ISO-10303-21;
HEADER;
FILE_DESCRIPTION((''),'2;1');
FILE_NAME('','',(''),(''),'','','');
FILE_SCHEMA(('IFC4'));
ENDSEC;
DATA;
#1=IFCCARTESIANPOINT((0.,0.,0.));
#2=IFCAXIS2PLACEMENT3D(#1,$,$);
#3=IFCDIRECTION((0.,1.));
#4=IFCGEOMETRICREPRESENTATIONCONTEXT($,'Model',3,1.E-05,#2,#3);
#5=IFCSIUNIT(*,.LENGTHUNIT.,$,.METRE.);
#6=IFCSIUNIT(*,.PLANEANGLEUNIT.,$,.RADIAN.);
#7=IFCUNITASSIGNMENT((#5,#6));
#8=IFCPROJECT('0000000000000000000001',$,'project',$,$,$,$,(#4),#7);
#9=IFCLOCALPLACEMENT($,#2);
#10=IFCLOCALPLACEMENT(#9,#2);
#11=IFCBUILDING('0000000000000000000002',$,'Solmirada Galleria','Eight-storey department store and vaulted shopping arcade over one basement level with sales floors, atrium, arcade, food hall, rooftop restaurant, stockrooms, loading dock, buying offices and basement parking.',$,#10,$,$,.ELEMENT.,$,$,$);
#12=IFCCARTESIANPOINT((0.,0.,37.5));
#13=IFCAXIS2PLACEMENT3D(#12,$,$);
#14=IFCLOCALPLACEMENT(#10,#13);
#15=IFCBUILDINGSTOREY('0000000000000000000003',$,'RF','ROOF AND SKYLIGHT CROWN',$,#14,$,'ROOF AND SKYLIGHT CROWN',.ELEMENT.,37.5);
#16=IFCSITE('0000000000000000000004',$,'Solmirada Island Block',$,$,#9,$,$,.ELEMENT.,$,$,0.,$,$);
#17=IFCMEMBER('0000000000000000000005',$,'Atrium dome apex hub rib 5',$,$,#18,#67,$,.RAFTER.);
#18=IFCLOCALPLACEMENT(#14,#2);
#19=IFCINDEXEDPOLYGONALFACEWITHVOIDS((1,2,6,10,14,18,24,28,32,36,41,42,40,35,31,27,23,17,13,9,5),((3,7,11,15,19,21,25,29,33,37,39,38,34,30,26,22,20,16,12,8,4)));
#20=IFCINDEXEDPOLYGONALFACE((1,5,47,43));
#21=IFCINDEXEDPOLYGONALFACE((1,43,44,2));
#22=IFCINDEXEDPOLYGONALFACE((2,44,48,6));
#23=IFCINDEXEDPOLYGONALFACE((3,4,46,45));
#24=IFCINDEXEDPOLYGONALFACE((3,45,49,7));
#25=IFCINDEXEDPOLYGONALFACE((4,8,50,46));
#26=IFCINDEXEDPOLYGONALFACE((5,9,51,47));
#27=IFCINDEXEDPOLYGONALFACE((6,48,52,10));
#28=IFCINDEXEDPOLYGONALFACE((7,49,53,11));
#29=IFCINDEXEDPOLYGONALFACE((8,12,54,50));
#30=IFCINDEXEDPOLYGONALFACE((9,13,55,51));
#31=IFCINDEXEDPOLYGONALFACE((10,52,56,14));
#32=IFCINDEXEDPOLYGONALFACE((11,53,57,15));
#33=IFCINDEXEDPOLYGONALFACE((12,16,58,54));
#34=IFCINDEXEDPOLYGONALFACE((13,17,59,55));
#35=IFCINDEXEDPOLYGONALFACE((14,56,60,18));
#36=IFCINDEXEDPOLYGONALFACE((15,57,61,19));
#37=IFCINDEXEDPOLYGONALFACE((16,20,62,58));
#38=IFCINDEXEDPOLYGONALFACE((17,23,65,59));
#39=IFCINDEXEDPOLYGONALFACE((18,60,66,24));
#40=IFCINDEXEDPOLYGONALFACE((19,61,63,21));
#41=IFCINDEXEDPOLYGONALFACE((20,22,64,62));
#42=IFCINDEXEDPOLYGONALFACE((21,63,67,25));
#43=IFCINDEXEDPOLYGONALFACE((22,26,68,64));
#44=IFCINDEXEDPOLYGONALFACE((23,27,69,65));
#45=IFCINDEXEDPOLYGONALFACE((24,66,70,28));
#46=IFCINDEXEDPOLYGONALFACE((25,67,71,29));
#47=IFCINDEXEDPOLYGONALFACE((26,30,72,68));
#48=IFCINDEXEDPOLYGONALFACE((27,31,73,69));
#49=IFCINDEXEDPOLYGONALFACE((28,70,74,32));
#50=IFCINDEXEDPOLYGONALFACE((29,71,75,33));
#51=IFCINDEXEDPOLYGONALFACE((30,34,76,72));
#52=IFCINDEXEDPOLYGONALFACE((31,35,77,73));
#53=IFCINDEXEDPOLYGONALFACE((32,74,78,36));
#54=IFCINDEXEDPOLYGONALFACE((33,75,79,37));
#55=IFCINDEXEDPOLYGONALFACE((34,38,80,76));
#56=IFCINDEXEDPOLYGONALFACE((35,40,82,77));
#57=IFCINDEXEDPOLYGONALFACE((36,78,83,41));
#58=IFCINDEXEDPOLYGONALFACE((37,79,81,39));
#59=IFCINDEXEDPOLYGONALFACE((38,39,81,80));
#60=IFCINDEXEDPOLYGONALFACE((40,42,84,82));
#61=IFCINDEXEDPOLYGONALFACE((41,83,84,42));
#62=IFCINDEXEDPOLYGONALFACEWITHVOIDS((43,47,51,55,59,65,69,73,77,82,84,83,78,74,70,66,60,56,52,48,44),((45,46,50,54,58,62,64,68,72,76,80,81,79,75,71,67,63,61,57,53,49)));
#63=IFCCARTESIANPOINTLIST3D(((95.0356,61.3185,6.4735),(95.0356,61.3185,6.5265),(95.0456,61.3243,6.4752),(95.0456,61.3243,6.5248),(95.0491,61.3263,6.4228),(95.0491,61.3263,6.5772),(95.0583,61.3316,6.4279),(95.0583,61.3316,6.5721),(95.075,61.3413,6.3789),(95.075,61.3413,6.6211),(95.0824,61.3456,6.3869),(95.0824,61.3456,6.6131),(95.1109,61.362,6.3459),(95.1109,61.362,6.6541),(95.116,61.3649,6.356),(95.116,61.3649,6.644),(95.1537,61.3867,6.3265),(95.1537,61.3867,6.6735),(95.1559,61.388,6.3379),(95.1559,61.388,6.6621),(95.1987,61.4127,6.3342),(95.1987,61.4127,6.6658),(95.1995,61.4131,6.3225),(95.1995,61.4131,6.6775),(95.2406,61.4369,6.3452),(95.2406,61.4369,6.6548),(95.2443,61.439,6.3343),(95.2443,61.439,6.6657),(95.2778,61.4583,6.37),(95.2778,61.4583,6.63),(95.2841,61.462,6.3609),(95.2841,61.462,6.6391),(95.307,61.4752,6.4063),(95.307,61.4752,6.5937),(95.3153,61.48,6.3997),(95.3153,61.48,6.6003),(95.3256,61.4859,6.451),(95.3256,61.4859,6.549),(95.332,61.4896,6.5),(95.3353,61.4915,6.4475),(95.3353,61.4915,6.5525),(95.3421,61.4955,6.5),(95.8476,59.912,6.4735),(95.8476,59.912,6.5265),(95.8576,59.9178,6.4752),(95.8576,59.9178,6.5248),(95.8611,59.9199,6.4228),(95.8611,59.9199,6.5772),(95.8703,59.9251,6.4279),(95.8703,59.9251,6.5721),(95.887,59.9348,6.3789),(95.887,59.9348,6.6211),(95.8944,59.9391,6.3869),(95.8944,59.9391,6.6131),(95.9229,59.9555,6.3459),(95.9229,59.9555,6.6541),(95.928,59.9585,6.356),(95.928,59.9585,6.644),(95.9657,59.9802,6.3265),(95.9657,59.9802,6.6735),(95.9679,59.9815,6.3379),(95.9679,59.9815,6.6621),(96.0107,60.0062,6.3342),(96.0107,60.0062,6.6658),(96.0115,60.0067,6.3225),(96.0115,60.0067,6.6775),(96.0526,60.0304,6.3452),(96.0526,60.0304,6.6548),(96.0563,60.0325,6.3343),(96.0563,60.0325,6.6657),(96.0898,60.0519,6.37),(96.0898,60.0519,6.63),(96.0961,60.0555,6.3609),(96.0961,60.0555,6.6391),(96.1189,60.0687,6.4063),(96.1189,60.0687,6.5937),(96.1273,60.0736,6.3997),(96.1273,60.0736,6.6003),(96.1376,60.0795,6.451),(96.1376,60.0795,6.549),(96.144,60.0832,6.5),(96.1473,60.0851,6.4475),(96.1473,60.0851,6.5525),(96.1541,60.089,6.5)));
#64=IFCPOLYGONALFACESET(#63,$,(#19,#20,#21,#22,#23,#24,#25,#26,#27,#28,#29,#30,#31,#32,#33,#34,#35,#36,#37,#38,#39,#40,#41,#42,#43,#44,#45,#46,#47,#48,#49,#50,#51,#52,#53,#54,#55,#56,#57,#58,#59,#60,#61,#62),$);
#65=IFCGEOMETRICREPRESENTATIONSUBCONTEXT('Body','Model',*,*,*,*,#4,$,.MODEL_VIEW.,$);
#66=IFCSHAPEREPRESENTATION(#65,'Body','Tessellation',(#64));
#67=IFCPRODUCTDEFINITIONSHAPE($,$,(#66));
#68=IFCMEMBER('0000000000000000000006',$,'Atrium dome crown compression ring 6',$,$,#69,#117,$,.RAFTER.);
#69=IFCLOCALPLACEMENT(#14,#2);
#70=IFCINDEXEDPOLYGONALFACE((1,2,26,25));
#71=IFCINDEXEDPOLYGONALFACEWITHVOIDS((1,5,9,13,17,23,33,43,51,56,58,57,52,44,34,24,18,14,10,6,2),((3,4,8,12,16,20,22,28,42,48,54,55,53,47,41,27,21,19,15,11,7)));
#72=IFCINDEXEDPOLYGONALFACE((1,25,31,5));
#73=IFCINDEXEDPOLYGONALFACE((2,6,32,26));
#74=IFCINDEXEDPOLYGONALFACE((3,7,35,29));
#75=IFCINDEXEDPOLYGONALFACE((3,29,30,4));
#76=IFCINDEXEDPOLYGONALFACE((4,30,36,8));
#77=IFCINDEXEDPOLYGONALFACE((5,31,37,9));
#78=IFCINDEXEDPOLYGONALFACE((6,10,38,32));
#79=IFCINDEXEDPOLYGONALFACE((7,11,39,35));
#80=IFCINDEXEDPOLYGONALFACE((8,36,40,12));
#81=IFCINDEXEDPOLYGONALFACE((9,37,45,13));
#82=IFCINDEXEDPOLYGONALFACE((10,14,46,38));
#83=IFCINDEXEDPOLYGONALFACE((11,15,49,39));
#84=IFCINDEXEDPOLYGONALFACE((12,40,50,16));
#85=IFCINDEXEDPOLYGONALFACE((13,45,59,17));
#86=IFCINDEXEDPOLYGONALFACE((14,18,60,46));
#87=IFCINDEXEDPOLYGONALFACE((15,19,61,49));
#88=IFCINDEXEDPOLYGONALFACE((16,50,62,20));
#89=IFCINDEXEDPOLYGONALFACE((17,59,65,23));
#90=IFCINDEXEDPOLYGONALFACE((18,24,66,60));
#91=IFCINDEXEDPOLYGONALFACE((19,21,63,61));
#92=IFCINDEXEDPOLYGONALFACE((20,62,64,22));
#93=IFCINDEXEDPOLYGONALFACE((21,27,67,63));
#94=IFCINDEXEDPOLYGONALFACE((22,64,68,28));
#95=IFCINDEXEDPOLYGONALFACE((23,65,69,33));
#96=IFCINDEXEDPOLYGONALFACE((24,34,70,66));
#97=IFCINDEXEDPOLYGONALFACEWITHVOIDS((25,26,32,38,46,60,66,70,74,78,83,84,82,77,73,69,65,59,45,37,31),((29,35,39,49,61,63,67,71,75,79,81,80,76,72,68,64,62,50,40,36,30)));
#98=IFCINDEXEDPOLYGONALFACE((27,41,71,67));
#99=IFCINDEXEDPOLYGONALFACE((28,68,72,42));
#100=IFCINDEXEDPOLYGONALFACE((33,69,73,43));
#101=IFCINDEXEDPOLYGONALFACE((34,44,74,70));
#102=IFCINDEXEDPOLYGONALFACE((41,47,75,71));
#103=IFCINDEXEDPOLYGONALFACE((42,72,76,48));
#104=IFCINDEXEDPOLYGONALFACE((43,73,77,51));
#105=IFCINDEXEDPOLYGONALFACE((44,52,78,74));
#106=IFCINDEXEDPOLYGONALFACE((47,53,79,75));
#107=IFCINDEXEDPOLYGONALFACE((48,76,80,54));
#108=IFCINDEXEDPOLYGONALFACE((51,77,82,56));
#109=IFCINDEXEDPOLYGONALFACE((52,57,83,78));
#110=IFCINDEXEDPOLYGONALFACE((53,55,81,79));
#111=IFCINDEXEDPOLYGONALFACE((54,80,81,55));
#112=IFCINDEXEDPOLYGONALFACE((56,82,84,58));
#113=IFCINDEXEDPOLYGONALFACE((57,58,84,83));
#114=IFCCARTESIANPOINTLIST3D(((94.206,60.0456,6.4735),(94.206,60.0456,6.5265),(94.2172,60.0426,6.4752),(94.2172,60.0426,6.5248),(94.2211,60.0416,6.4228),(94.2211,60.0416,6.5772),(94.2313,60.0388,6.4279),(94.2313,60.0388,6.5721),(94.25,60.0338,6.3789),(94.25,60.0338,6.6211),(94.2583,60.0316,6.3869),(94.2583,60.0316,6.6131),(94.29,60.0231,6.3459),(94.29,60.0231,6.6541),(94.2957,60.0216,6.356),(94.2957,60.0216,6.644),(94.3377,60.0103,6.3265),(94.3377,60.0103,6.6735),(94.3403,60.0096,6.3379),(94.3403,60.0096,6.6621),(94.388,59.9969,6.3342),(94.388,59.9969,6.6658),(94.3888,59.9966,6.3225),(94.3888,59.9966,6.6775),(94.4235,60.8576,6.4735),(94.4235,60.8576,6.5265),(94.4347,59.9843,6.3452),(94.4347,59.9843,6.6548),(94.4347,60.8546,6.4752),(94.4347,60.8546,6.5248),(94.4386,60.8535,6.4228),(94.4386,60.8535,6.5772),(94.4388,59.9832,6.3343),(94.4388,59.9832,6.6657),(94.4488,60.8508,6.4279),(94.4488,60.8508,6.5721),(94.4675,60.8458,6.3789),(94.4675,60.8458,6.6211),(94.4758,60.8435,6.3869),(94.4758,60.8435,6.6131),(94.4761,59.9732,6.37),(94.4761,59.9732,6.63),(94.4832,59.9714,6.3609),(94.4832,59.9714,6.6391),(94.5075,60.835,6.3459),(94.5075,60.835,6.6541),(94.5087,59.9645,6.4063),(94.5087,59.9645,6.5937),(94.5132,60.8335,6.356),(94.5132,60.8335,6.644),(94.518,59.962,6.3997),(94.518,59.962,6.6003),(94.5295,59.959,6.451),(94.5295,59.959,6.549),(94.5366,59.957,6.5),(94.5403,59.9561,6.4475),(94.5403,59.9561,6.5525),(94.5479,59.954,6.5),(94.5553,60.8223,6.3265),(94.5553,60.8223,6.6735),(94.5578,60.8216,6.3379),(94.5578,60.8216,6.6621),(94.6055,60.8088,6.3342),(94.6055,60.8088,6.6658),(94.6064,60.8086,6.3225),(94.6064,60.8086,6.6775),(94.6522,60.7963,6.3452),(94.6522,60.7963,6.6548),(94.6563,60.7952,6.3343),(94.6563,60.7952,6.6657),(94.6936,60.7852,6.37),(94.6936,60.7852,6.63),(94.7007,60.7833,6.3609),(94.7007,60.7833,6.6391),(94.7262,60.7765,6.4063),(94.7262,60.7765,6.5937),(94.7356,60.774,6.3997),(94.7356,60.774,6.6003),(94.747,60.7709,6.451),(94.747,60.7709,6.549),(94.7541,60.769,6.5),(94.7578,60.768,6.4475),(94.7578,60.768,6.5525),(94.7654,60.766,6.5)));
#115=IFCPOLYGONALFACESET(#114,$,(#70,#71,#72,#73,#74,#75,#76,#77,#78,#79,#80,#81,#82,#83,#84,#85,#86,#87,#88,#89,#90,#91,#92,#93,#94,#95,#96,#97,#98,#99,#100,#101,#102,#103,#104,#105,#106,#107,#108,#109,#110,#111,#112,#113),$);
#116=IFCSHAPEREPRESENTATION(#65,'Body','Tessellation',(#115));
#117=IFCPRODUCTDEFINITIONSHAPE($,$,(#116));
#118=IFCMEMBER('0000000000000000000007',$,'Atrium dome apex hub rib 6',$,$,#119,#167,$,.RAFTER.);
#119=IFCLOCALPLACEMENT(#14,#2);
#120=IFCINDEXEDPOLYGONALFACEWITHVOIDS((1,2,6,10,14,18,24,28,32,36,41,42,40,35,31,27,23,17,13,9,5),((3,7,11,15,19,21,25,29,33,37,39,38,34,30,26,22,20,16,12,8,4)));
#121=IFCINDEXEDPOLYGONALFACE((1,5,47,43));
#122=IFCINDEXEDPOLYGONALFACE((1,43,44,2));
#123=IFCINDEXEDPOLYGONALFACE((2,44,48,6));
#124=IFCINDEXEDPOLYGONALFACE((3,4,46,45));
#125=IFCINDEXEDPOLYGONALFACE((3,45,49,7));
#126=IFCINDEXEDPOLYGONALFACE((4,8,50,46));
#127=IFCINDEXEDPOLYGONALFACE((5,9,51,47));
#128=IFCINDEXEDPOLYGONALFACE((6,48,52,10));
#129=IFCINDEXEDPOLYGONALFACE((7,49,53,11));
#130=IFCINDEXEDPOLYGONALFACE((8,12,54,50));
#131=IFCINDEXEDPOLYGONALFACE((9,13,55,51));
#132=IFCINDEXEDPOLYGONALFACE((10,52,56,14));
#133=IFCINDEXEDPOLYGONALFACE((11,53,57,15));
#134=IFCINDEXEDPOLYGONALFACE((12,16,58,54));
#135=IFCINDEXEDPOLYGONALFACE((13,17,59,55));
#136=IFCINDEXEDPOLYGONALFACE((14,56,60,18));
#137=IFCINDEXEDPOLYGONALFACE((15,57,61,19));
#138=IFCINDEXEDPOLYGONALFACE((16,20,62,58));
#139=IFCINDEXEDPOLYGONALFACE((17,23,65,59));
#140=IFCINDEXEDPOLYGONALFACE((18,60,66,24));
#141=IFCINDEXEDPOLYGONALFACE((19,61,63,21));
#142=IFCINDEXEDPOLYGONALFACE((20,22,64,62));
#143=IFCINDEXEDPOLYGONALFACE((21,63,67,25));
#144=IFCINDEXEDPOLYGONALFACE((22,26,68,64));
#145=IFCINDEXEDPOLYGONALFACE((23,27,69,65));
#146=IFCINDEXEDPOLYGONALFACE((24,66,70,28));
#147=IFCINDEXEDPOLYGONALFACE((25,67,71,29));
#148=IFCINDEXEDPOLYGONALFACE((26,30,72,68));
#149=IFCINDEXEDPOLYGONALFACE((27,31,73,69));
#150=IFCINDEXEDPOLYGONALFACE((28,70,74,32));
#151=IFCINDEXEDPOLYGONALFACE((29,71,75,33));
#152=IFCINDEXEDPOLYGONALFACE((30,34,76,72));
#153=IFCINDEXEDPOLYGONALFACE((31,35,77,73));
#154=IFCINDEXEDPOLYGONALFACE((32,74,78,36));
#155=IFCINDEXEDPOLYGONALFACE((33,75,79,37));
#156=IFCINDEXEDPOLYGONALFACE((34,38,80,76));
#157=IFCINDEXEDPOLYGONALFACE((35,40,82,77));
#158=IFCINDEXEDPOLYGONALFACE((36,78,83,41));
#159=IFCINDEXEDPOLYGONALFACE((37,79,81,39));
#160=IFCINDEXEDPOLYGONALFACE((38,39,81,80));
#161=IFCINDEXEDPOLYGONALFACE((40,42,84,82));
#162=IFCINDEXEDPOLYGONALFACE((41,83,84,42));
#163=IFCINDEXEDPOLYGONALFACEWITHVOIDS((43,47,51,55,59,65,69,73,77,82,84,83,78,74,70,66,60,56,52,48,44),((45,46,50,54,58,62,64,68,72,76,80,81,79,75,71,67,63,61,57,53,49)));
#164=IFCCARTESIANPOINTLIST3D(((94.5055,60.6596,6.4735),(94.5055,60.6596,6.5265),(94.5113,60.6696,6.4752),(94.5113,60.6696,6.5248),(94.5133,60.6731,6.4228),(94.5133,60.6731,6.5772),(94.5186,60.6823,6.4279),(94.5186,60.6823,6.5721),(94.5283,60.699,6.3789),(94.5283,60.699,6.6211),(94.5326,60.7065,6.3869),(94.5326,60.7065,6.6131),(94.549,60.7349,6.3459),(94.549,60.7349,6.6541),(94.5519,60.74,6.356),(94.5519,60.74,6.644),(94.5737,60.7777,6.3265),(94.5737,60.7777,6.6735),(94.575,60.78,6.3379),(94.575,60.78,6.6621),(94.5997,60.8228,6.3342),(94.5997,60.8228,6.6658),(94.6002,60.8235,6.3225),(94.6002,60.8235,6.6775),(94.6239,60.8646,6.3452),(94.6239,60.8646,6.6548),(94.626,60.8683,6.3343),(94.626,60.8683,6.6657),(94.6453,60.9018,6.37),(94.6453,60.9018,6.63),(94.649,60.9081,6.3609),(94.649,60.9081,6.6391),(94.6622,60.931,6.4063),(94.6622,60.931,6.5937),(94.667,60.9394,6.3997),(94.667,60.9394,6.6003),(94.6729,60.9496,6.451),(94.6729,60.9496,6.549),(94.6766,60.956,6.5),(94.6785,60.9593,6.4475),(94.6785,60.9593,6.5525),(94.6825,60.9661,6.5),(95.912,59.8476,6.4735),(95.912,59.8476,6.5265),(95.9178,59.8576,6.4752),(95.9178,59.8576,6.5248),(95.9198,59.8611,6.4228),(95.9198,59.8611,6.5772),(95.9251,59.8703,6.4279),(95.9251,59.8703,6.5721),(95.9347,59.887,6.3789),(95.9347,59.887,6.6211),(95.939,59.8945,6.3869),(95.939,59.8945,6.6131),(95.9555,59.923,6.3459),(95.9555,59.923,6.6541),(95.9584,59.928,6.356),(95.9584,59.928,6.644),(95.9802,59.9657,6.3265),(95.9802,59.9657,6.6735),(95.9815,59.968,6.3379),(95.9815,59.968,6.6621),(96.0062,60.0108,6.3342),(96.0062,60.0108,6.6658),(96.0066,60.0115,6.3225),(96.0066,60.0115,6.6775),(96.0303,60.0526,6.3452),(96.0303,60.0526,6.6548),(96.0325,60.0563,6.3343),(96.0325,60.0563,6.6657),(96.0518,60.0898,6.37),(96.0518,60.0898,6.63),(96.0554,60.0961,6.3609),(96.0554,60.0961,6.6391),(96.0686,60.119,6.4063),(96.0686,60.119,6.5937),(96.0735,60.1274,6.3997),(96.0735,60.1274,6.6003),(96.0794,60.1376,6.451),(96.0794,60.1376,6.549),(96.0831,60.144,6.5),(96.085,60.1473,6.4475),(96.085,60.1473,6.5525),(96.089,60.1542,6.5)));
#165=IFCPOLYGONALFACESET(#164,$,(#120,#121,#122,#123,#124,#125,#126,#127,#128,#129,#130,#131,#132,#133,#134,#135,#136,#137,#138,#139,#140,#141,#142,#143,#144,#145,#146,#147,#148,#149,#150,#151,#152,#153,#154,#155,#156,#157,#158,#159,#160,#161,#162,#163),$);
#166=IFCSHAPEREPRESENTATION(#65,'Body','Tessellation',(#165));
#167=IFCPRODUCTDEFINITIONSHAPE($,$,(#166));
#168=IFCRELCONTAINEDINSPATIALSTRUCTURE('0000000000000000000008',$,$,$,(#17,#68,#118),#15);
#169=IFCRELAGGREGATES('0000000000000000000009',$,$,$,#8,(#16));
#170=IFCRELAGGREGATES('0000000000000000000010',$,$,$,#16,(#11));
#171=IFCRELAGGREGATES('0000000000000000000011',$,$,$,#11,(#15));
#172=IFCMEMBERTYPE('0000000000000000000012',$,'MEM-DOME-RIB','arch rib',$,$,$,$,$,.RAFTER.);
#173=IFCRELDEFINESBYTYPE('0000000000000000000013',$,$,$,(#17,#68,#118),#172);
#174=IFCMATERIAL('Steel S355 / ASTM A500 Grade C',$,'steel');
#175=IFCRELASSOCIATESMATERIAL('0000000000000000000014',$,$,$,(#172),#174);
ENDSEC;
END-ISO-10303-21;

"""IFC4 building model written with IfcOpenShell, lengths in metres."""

from ifc_helpers import new_model, si_unit, direction, frame, origin, origin_2d, place, context, subcontext, project, spatial, hollow_circle, extrude, material, material_profile, profile_set, type_object, element, save


model = new_model("IFC4")

# Units and contexts
model_context = context("Model", 3, precision=1e-05, world=origin(), true_north=direction((0.0, 1.0)))
body_context = subcontext(model_context, "Body", "Model", "MODEL_VIEW")
ifc_project = project(units=[si_unit("LENGTHUNIT", "METRE"), si_unit("PLANEANGLEUNIT", "RADIAN")], contexts=[model_context])

# Site, building, storey
site_placement = place(None, origin())
site = spatial("IfcSite", under=ifc_project, at=site_placement, Name="Solmirada Island Block", CompositionType="ELEMENT", RefElevation=0.0)
building_placement = place(site_placement, origin())
building = spatial("IfcBuilding", under=site, at=building_placement, Name="Solmirada Galleria", Description="Eight-storey department store and vaulted shopping arcade over one basement level with sales floors, atrium, arcade, food hall, rooftop restaurant, stockrooms, loading dock, buying offices and basement parking.", CompositionType="ELEMENT")
storey_placement = place(building_placement, frame((0.0, 0.0, 37.5)))
storey = spatial("IfcBuildingStorey", under=building, at=storey_placement, Name="RF", Description="ROOF AND SKYLIGHT CROWN", LongName="ROOF AND SKYLIGHT CROWN", CompositionType="ELEMENT", Elevation=37.5)

# Members
ifc_material_1 = material(Name="Steel S355 / ASTM A500 Grade C", Category="steel")
ifc_material_profile_1 = material_profile(ifc_material_1, hollow_circle(Radius=0.178, WallThickness=0.0117, at=origin_2d()), Name="HSS14.000X0.500")
ifc_profile_set_1 = profile_set([ifc_material_profile_1], Name="Steel S355 / ASTM A500 Grade C")
member_type_1 = type_object("IfcMemberType", Name="MEM-DOME-RIB", Description="arch rib", PredefinedType="RAFTER", material=ifc_profile_set_1)
member_1_placement = place(storey_placement, frame((95.188, 61.4065, 6.5), z_axis=(0.499987, -0.866033, 0.0), x_axis=(0.866033, 0.499987, 0.0)))
element("IfcMember", 1, at=member_1_placement, inside=storey, type_object=member_type_1, Name="Atrium dome apex hub rib 5", PredefinedType="RAFTER", context=body_context, shape_type="SweptSolid", body=[
    extrude(hollow_circle(Radius=0.178, WallThickness=0.0117, at=origin_2d()), origin(), (0.0, 0.0, 1.0), 1.624),
])
member_2_placement = place(storey_placement, frame((94.5935, 60.812, 6.5), z_axis=(-0.258765, -0.96594, 0.0), x_axis=(0.96594, -0.258765, 0.0)))
element("IfcMember", 2, at=member_2_placement, inside=storey, type_object=member_type_1, Name="Atrium dome crown compression ring 6", PredefinedType="RAFTER", context=body_context, shape_type="SweptSolid", body=[
    extrude(hollow_circle(Radius=0.178, WallThickness=0.0117, at=origin_2d()), origin(), (0.0, 0.0, 1.0), 0.8406),
])
member_3_placement = place(storey_placement, frame((94.5935, 60.812, 6.5), z_axis=(0.866033, -0.499987, 0.0), x_axis=(0.499987, 0.866033, 0.0)))
element("IfcMember", 3, at=member_3_placement, inside=storey, type_object=member_type_1, Name="Atrium dome apex hub rib 6", PredefinedType="RAFTER", context=body_context, shape_type="SweptSolid", body=[
    extrude(hollow_circle(Radius=0.178, WallThickness=0.0117, at=origin_2d()), origin(), (0.0, 0.0, 1.0), 1.624),
])

save(model, "model.ifc")
